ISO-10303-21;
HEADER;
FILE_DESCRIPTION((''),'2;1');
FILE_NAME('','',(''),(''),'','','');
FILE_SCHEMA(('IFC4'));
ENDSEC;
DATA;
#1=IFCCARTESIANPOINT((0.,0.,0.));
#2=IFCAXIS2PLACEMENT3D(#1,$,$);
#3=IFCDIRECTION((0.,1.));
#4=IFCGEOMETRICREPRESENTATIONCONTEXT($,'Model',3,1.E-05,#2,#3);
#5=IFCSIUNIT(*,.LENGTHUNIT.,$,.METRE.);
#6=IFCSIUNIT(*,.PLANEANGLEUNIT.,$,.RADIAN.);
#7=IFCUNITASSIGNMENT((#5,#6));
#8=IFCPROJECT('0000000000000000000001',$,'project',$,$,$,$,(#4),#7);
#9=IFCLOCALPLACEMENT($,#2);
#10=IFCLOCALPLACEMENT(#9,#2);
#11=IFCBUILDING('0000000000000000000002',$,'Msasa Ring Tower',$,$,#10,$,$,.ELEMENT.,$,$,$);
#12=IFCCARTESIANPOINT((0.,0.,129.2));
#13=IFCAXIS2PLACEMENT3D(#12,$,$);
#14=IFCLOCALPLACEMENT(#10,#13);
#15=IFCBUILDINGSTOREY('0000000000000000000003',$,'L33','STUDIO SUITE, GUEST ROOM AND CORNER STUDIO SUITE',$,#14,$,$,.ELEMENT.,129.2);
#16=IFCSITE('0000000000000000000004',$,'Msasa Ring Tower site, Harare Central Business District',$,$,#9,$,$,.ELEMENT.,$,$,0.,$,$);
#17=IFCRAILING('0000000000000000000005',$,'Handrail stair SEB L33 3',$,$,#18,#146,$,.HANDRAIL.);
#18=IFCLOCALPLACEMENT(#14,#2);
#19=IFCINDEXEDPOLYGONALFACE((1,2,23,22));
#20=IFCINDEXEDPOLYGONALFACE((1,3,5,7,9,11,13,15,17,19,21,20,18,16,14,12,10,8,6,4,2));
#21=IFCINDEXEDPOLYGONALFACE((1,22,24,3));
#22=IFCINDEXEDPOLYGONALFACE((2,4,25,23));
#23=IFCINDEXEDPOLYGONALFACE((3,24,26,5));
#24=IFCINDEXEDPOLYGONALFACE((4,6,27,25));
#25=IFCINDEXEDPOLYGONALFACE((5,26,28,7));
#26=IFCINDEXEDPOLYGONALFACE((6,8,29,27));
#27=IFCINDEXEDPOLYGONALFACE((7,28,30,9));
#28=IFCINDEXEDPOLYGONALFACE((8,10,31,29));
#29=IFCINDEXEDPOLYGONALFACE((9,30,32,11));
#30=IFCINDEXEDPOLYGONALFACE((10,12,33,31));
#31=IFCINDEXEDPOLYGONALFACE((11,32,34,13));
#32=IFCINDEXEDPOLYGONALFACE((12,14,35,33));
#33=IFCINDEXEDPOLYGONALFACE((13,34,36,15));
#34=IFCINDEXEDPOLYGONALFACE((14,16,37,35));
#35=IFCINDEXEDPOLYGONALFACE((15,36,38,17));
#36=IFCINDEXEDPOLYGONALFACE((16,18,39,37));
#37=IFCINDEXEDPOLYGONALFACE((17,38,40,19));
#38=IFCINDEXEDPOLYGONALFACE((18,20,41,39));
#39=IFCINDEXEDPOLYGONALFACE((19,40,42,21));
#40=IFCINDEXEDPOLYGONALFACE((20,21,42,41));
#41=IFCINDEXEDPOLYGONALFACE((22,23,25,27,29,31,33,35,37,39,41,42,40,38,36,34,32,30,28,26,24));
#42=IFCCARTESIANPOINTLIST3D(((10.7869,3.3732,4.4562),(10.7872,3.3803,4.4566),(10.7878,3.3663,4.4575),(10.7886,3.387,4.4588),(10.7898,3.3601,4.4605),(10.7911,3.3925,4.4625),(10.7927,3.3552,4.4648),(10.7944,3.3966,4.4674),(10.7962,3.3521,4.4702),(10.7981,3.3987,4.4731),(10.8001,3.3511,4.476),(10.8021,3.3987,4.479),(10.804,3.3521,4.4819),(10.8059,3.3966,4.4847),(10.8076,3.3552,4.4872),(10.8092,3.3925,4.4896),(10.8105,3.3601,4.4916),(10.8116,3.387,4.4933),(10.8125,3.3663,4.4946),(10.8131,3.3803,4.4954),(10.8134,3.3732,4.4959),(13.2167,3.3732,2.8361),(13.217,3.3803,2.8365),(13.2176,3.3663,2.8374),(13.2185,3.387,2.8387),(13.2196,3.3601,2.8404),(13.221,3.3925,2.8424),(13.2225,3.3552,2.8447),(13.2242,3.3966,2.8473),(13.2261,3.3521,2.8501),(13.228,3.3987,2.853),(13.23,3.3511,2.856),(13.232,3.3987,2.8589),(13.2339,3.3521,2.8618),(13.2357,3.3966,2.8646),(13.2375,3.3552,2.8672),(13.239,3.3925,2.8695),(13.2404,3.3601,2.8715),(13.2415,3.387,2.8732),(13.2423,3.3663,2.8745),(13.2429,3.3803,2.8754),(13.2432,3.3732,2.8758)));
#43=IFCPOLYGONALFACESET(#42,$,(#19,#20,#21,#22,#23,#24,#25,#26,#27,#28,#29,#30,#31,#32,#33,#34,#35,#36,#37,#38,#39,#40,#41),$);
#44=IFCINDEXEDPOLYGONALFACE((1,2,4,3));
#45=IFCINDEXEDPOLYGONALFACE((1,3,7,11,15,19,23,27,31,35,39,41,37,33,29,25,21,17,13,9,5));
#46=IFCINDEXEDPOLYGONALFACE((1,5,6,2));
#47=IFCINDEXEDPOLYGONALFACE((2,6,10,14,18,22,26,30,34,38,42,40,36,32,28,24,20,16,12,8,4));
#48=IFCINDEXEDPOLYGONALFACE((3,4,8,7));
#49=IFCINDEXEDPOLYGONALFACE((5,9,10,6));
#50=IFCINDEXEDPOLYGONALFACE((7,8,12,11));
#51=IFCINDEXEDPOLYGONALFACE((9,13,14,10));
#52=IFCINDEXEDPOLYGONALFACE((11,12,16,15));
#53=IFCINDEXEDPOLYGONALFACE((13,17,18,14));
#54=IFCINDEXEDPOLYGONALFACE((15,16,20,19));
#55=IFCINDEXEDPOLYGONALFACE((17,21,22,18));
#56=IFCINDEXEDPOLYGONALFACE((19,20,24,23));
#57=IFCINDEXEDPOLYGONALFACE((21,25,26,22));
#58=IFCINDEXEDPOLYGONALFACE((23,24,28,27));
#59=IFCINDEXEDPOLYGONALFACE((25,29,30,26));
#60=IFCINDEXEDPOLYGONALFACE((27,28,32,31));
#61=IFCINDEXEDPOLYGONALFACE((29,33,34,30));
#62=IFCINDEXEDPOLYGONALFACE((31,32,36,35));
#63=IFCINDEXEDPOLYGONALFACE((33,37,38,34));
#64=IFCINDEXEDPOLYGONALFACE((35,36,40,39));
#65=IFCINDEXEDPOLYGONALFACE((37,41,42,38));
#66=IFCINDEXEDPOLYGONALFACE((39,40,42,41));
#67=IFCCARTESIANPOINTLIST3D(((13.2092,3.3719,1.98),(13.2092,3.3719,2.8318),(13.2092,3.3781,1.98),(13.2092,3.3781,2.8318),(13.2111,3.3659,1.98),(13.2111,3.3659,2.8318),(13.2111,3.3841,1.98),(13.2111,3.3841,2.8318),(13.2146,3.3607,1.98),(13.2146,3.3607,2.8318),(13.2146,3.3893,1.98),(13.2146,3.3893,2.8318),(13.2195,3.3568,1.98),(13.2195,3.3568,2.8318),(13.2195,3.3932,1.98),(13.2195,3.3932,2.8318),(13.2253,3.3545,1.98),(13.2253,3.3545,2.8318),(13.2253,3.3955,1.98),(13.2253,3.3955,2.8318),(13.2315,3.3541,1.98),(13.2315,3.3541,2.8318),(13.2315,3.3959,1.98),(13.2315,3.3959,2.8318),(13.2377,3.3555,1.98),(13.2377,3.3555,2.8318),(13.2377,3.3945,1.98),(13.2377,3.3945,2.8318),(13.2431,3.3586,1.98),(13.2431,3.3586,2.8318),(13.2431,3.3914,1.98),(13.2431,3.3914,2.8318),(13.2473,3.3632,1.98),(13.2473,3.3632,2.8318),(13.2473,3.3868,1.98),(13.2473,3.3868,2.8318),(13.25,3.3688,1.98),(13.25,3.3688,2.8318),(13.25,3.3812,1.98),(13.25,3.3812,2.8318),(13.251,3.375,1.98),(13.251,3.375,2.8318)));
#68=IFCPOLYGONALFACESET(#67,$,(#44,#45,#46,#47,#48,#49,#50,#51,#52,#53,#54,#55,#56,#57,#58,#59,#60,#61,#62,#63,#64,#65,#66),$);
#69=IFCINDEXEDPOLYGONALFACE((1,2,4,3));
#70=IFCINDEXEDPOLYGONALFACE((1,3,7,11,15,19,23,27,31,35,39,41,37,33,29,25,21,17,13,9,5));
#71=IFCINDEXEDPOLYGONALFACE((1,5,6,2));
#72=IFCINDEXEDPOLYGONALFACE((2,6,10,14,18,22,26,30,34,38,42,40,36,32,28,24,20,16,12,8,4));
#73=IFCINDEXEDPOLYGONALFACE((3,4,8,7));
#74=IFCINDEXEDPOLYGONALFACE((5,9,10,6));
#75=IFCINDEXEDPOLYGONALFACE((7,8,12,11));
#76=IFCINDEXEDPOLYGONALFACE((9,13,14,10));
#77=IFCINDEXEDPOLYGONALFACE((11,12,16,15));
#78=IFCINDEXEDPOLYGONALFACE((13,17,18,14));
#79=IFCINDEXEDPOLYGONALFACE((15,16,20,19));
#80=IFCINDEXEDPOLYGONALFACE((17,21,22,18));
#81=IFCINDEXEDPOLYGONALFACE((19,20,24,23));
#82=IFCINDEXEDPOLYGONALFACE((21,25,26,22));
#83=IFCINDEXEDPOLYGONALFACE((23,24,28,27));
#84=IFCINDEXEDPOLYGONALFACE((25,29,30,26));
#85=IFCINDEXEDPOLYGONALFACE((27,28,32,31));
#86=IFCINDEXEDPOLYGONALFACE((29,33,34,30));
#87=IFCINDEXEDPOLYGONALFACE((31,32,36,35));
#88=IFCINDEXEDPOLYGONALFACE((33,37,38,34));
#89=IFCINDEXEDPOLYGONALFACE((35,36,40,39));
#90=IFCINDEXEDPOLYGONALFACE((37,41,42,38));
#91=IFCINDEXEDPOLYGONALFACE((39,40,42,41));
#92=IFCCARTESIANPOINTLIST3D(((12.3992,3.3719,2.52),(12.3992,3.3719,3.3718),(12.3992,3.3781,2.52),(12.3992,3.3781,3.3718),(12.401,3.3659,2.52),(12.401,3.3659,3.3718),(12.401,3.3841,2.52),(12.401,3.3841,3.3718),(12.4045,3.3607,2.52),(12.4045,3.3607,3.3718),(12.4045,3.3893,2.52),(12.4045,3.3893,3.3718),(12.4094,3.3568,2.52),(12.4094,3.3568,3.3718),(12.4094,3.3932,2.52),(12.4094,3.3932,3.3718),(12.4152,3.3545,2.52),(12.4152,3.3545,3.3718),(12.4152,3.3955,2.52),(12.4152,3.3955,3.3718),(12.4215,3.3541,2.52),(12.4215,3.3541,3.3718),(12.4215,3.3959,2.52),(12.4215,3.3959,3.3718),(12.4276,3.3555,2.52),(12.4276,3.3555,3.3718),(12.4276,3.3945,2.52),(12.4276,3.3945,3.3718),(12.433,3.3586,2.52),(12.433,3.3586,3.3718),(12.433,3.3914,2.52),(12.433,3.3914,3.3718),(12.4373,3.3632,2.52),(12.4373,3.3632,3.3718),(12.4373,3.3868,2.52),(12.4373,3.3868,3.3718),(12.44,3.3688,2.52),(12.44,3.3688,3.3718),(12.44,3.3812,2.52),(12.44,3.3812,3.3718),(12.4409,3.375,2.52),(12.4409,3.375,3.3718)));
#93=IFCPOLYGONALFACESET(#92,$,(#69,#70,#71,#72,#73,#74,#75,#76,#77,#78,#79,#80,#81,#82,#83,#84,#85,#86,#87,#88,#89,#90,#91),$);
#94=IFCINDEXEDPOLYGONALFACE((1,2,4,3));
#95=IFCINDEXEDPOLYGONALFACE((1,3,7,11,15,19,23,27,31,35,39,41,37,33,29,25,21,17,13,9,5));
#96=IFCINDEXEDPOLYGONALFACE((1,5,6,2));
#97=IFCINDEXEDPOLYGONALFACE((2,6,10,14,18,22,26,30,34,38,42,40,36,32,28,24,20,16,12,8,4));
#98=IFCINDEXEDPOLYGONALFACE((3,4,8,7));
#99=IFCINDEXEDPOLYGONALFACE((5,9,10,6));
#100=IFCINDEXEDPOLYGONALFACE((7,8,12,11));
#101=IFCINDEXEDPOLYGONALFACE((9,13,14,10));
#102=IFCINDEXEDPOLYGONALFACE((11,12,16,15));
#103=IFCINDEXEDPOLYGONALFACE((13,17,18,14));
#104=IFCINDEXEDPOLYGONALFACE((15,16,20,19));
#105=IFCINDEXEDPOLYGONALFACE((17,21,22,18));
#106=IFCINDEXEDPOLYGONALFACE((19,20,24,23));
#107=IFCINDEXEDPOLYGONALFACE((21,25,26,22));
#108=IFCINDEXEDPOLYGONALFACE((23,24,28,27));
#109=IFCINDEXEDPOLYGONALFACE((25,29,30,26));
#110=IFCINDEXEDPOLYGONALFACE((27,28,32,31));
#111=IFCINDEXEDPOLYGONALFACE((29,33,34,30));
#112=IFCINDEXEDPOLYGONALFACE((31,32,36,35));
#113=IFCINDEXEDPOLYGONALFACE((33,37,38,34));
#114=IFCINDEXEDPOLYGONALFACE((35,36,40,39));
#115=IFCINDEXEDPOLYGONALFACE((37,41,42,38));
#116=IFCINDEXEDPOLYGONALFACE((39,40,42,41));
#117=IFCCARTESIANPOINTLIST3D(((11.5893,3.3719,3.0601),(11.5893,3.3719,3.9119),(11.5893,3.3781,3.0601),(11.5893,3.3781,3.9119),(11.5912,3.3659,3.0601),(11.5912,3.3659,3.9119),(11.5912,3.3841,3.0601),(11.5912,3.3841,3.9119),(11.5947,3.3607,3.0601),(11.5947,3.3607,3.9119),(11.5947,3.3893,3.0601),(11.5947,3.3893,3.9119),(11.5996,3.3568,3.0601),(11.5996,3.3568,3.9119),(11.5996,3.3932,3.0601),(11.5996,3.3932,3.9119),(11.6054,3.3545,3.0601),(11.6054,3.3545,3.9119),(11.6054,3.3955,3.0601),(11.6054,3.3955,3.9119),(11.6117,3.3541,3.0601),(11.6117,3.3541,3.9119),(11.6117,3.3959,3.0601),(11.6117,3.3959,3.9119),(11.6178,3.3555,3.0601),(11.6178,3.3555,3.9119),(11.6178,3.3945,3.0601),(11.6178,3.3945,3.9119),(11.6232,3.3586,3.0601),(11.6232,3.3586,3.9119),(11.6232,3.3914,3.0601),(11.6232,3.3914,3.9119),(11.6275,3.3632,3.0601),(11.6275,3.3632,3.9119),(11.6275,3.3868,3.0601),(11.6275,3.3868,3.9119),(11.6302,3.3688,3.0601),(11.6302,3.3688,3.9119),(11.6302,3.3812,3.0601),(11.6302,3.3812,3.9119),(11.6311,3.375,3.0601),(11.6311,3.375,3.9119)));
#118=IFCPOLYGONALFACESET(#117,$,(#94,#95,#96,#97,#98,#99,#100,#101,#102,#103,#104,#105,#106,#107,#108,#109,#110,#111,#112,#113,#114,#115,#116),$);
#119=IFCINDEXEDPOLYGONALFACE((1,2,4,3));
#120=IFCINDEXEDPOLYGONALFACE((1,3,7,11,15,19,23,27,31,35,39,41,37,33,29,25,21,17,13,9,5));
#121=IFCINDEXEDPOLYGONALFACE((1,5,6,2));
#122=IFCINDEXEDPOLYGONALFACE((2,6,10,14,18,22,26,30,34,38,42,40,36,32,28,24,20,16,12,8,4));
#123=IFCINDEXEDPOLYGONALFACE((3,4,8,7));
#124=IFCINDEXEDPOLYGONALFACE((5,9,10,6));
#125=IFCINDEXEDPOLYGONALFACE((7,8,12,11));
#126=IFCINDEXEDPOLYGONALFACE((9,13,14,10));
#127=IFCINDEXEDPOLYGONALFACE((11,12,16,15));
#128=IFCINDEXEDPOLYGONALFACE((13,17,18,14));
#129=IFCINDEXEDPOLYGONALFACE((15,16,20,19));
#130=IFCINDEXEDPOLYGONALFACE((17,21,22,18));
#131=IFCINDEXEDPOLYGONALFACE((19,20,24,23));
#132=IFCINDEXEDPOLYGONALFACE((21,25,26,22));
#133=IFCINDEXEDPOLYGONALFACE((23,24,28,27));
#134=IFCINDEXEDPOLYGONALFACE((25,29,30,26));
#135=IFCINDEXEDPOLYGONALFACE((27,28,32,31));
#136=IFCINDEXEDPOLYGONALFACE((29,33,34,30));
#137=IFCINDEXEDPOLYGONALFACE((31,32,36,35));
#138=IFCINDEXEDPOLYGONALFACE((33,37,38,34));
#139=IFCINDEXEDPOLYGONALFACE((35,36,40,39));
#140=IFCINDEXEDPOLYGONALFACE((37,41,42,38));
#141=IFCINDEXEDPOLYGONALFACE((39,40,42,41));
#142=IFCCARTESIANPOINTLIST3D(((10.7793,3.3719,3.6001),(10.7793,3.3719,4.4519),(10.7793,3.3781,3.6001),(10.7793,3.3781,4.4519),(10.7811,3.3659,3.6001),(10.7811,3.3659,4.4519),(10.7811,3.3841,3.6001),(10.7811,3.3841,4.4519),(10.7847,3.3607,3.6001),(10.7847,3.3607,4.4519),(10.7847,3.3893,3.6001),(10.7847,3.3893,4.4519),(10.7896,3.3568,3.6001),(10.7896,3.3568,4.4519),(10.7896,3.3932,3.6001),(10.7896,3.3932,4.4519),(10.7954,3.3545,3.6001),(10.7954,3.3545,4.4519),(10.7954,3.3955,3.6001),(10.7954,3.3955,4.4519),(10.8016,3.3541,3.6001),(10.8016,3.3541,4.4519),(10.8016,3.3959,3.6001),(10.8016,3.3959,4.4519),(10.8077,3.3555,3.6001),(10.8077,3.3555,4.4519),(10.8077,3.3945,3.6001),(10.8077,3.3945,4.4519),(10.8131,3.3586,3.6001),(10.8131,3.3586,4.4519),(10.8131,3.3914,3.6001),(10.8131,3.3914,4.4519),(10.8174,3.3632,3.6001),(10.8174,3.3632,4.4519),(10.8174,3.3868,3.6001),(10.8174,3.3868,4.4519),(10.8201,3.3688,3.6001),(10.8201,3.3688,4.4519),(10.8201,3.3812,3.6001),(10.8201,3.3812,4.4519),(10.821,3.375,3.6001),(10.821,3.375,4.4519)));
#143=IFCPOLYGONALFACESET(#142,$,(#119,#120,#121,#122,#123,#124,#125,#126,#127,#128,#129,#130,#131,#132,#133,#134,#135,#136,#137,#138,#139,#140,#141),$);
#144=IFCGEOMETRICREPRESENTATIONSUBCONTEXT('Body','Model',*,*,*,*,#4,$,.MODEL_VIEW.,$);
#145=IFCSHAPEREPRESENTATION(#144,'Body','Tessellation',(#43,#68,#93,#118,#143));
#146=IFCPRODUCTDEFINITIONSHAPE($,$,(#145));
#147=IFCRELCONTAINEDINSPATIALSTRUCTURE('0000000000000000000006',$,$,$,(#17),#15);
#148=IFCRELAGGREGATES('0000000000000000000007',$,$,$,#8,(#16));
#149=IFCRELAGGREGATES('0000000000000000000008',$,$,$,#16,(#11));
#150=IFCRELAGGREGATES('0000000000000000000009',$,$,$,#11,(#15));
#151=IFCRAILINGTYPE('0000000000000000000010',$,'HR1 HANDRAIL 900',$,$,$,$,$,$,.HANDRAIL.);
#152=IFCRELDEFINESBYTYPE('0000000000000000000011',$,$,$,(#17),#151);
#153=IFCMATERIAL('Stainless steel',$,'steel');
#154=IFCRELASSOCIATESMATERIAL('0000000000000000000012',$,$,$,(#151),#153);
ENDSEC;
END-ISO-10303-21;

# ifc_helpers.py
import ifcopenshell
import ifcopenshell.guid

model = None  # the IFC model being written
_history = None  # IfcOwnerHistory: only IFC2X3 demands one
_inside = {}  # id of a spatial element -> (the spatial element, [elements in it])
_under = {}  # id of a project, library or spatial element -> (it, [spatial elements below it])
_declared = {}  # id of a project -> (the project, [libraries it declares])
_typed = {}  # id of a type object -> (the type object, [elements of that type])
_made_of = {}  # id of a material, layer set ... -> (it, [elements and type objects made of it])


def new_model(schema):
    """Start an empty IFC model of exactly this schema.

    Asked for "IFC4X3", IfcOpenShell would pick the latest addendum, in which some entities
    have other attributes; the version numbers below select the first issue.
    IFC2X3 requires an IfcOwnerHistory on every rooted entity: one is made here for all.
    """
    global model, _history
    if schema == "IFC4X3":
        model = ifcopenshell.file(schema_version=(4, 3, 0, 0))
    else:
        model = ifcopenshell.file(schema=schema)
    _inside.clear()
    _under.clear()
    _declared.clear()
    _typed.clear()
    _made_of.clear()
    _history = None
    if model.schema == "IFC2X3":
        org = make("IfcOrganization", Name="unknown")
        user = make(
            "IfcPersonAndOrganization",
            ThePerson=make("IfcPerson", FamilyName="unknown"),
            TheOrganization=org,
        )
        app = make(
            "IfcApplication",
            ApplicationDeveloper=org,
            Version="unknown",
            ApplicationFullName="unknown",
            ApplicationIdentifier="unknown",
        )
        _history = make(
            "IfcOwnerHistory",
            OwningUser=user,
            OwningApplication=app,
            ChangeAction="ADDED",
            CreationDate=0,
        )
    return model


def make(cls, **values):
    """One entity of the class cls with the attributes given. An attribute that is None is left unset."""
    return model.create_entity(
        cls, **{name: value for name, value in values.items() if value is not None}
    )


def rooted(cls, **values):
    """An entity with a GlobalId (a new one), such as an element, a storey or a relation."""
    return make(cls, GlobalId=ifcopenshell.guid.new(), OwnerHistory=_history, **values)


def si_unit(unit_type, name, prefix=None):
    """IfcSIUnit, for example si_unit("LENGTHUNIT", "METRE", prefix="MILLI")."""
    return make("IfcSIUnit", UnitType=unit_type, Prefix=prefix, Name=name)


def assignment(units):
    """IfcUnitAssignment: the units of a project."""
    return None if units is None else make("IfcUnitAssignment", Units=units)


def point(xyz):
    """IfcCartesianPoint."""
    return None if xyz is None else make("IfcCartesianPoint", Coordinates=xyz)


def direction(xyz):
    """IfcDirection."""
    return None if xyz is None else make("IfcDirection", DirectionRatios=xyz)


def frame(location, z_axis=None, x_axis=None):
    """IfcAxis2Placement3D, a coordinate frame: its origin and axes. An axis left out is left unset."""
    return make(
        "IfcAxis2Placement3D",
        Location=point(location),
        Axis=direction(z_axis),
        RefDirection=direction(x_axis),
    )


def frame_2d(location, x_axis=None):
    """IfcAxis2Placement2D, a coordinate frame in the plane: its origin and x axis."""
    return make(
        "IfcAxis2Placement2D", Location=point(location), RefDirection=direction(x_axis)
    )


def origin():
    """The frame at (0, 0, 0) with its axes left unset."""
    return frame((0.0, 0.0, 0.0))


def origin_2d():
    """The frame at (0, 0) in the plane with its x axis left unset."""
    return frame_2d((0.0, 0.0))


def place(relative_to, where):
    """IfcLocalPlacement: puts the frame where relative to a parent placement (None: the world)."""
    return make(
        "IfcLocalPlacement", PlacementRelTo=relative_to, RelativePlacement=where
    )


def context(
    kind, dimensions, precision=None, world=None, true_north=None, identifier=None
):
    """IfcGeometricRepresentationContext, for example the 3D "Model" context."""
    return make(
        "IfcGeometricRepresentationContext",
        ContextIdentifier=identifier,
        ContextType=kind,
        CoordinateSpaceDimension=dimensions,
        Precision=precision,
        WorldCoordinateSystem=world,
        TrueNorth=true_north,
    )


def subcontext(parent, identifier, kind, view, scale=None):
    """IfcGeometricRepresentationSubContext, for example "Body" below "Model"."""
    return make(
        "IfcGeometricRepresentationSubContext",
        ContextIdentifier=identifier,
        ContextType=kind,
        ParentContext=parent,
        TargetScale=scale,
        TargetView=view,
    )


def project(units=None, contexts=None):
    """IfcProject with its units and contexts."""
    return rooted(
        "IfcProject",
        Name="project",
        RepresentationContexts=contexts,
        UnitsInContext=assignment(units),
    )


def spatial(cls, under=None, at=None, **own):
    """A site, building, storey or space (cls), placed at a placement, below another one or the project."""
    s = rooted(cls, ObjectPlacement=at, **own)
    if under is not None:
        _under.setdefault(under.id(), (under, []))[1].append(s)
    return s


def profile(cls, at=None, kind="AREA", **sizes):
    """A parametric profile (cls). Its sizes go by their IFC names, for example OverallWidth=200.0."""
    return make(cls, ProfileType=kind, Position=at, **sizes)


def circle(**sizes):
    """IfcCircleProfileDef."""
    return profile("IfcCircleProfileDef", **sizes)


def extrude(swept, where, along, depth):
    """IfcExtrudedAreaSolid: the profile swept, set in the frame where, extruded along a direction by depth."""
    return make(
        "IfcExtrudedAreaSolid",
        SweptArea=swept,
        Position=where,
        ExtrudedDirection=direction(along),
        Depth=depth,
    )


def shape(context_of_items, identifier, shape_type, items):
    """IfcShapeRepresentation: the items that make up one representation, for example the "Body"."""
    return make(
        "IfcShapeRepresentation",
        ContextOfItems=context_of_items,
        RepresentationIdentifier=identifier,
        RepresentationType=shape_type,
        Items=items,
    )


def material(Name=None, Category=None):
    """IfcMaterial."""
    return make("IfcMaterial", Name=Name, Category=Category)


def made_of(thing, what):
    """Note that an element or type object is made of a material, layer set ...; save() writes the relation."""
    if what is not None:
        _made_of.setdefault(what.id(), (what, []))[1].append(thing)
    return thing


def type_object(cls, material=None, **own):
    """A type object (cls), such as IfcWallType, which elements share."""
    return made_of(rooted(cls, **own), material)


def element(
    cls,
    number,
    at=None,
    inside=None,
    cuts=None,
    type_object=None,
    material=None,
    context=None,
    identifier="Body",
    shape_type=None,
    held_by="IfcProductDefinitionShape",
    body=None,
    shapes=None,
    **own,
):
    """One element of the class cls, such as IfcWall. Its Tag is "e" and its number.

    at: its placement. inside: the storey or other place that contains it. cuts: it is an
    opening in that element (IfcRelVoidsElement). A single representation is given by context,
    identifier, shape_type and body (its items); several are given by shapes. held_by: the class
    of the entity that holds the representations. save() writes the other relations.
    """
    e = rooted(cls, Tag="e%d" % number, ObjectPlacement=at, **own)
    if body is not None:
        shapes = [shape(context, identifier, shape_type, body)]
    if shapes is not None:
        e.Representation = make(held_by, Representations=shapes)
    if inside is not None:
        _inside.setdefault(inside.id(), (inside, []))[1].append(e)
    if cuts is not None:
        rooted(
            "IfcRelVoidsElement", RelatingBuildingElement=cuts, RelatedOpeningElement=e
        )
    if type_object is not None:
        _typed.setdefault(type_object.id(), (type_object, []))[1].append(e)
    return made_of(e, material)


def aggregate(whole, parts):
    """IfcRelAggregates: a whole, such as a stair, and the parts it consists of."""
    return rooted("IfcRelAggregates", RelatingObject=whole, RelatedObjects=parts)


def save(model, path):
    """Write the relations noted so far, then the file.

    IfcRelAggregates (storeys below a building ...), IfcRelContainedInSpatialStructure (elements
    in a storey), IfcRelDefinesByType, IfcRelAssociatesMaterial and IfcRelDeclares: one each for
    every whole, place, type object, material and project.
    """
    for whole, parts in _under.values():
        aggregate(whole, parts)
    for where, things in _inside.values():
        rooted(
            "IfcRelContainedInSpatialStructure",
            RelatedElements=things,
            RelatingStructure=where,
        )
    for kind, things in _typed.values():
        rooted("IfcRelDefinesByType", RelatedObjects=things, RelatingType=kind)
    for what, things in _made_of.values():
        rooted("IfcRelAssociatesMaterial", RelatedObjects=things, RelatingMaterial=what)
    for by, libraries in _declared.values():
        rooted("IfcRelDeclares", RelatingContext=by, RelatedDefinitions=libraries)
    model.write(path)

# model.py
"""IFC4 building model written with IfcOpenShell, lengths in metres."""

from ifc_helpers import new_model, si_unit, direction, frame, origin, origin_2d, place, context, subcontext, project, spatial, circle, extrude, material, type_object, element, save


model = new_model("IFC4")

# Units and contexts
model_context = context("Model", 3, precision=1e-05, world=origin(), true_north=direction((0.0, 1.0)))
body_context = subcontext(model_context, "Body", "Model", "MODEL_VIEW")
ifc_project = project(units=[si_unit("LENGTHUNIT", "METRE"), si_unit("PLANEANGLEUNIT", "RADIAN")], contexts=[model_context])

# Site, building, storey
site_placement = place(None, origin())
site = spatial("IfcSite", under=ifc_project, at=site_placement, Name="Msasa Ring Tower site, Harare Central Business District", CompositionType="ELEMENT", RefElevation=0.0)
building_placement = place(site_placement, origin())
building = spatial("IfcBuilding", under=site, at=building_placement, Name="Msasa Ring Tower", CompositionType="ELEMENT")
storey_placement = place(building_placement, frame((0.0, 0.0, 129.2)))
storey = spatial("IfcBuildingStorey", under=building, at=storey_placement, Name="L33", Description="STUDIO SUITE, GUEST ROOM AND CORNER STUDIO SUITE", CompositionType="ELEMENT", Elevation=129.2)

# Railing
ifc_material_1 = material(Name="Stainless steel", Category="steel")
railing_type = type_object("IfcRailingType", Name="HR1 HANDRAIL 900", PredefinedType="HANDRAIL", material=ifc_material_1)
for number, where, name in (
    (1, (13.23, 3.375, 1.98), "Handrail stair SEB L33 3"),
):
    element("IfcRailing", number, at=place(storey_placement, frame(where)), inside=storey, type_object=railing_type, Name=name, PredefinedType="HANDRAIL", context=body_context, shape_type="SweptSolid", body=[
        extrude(circle(Radius=0.0239, at=origin_2d()), frame((0.0, 0.0, 0.876), z_axis=(-0.832025, 0.0, 0.554739), x_axis=(0.0, -1.0, 0.0)), (0.0, 0.0, 1.0), 2.9204),
        extrude(circle(Radius=0.021, at=origin_2d()), origin(), (0.0, 0.0, 1.0), 0.8518),
        extrude(circle(Radius=0.021, at=origin_2d()), frame((-0.8101, 0.0, 0.54)), (0.0, 0.0, 1.0), 0.8518),
        extrude(circle(Radius=0.021, at=origin_2d()), frame((-1.6199, 0.0, 1.0801)), (0.0, 0.0, 1.0), 0.8518),
        extrude(circle(Radius=0.021, at=origin_2d()), frame((-2.4299, 0.0, 1.6201)), (0.0, 0.0, 1.0), 0.8518),
    ])

save(model, "model.ifc")
